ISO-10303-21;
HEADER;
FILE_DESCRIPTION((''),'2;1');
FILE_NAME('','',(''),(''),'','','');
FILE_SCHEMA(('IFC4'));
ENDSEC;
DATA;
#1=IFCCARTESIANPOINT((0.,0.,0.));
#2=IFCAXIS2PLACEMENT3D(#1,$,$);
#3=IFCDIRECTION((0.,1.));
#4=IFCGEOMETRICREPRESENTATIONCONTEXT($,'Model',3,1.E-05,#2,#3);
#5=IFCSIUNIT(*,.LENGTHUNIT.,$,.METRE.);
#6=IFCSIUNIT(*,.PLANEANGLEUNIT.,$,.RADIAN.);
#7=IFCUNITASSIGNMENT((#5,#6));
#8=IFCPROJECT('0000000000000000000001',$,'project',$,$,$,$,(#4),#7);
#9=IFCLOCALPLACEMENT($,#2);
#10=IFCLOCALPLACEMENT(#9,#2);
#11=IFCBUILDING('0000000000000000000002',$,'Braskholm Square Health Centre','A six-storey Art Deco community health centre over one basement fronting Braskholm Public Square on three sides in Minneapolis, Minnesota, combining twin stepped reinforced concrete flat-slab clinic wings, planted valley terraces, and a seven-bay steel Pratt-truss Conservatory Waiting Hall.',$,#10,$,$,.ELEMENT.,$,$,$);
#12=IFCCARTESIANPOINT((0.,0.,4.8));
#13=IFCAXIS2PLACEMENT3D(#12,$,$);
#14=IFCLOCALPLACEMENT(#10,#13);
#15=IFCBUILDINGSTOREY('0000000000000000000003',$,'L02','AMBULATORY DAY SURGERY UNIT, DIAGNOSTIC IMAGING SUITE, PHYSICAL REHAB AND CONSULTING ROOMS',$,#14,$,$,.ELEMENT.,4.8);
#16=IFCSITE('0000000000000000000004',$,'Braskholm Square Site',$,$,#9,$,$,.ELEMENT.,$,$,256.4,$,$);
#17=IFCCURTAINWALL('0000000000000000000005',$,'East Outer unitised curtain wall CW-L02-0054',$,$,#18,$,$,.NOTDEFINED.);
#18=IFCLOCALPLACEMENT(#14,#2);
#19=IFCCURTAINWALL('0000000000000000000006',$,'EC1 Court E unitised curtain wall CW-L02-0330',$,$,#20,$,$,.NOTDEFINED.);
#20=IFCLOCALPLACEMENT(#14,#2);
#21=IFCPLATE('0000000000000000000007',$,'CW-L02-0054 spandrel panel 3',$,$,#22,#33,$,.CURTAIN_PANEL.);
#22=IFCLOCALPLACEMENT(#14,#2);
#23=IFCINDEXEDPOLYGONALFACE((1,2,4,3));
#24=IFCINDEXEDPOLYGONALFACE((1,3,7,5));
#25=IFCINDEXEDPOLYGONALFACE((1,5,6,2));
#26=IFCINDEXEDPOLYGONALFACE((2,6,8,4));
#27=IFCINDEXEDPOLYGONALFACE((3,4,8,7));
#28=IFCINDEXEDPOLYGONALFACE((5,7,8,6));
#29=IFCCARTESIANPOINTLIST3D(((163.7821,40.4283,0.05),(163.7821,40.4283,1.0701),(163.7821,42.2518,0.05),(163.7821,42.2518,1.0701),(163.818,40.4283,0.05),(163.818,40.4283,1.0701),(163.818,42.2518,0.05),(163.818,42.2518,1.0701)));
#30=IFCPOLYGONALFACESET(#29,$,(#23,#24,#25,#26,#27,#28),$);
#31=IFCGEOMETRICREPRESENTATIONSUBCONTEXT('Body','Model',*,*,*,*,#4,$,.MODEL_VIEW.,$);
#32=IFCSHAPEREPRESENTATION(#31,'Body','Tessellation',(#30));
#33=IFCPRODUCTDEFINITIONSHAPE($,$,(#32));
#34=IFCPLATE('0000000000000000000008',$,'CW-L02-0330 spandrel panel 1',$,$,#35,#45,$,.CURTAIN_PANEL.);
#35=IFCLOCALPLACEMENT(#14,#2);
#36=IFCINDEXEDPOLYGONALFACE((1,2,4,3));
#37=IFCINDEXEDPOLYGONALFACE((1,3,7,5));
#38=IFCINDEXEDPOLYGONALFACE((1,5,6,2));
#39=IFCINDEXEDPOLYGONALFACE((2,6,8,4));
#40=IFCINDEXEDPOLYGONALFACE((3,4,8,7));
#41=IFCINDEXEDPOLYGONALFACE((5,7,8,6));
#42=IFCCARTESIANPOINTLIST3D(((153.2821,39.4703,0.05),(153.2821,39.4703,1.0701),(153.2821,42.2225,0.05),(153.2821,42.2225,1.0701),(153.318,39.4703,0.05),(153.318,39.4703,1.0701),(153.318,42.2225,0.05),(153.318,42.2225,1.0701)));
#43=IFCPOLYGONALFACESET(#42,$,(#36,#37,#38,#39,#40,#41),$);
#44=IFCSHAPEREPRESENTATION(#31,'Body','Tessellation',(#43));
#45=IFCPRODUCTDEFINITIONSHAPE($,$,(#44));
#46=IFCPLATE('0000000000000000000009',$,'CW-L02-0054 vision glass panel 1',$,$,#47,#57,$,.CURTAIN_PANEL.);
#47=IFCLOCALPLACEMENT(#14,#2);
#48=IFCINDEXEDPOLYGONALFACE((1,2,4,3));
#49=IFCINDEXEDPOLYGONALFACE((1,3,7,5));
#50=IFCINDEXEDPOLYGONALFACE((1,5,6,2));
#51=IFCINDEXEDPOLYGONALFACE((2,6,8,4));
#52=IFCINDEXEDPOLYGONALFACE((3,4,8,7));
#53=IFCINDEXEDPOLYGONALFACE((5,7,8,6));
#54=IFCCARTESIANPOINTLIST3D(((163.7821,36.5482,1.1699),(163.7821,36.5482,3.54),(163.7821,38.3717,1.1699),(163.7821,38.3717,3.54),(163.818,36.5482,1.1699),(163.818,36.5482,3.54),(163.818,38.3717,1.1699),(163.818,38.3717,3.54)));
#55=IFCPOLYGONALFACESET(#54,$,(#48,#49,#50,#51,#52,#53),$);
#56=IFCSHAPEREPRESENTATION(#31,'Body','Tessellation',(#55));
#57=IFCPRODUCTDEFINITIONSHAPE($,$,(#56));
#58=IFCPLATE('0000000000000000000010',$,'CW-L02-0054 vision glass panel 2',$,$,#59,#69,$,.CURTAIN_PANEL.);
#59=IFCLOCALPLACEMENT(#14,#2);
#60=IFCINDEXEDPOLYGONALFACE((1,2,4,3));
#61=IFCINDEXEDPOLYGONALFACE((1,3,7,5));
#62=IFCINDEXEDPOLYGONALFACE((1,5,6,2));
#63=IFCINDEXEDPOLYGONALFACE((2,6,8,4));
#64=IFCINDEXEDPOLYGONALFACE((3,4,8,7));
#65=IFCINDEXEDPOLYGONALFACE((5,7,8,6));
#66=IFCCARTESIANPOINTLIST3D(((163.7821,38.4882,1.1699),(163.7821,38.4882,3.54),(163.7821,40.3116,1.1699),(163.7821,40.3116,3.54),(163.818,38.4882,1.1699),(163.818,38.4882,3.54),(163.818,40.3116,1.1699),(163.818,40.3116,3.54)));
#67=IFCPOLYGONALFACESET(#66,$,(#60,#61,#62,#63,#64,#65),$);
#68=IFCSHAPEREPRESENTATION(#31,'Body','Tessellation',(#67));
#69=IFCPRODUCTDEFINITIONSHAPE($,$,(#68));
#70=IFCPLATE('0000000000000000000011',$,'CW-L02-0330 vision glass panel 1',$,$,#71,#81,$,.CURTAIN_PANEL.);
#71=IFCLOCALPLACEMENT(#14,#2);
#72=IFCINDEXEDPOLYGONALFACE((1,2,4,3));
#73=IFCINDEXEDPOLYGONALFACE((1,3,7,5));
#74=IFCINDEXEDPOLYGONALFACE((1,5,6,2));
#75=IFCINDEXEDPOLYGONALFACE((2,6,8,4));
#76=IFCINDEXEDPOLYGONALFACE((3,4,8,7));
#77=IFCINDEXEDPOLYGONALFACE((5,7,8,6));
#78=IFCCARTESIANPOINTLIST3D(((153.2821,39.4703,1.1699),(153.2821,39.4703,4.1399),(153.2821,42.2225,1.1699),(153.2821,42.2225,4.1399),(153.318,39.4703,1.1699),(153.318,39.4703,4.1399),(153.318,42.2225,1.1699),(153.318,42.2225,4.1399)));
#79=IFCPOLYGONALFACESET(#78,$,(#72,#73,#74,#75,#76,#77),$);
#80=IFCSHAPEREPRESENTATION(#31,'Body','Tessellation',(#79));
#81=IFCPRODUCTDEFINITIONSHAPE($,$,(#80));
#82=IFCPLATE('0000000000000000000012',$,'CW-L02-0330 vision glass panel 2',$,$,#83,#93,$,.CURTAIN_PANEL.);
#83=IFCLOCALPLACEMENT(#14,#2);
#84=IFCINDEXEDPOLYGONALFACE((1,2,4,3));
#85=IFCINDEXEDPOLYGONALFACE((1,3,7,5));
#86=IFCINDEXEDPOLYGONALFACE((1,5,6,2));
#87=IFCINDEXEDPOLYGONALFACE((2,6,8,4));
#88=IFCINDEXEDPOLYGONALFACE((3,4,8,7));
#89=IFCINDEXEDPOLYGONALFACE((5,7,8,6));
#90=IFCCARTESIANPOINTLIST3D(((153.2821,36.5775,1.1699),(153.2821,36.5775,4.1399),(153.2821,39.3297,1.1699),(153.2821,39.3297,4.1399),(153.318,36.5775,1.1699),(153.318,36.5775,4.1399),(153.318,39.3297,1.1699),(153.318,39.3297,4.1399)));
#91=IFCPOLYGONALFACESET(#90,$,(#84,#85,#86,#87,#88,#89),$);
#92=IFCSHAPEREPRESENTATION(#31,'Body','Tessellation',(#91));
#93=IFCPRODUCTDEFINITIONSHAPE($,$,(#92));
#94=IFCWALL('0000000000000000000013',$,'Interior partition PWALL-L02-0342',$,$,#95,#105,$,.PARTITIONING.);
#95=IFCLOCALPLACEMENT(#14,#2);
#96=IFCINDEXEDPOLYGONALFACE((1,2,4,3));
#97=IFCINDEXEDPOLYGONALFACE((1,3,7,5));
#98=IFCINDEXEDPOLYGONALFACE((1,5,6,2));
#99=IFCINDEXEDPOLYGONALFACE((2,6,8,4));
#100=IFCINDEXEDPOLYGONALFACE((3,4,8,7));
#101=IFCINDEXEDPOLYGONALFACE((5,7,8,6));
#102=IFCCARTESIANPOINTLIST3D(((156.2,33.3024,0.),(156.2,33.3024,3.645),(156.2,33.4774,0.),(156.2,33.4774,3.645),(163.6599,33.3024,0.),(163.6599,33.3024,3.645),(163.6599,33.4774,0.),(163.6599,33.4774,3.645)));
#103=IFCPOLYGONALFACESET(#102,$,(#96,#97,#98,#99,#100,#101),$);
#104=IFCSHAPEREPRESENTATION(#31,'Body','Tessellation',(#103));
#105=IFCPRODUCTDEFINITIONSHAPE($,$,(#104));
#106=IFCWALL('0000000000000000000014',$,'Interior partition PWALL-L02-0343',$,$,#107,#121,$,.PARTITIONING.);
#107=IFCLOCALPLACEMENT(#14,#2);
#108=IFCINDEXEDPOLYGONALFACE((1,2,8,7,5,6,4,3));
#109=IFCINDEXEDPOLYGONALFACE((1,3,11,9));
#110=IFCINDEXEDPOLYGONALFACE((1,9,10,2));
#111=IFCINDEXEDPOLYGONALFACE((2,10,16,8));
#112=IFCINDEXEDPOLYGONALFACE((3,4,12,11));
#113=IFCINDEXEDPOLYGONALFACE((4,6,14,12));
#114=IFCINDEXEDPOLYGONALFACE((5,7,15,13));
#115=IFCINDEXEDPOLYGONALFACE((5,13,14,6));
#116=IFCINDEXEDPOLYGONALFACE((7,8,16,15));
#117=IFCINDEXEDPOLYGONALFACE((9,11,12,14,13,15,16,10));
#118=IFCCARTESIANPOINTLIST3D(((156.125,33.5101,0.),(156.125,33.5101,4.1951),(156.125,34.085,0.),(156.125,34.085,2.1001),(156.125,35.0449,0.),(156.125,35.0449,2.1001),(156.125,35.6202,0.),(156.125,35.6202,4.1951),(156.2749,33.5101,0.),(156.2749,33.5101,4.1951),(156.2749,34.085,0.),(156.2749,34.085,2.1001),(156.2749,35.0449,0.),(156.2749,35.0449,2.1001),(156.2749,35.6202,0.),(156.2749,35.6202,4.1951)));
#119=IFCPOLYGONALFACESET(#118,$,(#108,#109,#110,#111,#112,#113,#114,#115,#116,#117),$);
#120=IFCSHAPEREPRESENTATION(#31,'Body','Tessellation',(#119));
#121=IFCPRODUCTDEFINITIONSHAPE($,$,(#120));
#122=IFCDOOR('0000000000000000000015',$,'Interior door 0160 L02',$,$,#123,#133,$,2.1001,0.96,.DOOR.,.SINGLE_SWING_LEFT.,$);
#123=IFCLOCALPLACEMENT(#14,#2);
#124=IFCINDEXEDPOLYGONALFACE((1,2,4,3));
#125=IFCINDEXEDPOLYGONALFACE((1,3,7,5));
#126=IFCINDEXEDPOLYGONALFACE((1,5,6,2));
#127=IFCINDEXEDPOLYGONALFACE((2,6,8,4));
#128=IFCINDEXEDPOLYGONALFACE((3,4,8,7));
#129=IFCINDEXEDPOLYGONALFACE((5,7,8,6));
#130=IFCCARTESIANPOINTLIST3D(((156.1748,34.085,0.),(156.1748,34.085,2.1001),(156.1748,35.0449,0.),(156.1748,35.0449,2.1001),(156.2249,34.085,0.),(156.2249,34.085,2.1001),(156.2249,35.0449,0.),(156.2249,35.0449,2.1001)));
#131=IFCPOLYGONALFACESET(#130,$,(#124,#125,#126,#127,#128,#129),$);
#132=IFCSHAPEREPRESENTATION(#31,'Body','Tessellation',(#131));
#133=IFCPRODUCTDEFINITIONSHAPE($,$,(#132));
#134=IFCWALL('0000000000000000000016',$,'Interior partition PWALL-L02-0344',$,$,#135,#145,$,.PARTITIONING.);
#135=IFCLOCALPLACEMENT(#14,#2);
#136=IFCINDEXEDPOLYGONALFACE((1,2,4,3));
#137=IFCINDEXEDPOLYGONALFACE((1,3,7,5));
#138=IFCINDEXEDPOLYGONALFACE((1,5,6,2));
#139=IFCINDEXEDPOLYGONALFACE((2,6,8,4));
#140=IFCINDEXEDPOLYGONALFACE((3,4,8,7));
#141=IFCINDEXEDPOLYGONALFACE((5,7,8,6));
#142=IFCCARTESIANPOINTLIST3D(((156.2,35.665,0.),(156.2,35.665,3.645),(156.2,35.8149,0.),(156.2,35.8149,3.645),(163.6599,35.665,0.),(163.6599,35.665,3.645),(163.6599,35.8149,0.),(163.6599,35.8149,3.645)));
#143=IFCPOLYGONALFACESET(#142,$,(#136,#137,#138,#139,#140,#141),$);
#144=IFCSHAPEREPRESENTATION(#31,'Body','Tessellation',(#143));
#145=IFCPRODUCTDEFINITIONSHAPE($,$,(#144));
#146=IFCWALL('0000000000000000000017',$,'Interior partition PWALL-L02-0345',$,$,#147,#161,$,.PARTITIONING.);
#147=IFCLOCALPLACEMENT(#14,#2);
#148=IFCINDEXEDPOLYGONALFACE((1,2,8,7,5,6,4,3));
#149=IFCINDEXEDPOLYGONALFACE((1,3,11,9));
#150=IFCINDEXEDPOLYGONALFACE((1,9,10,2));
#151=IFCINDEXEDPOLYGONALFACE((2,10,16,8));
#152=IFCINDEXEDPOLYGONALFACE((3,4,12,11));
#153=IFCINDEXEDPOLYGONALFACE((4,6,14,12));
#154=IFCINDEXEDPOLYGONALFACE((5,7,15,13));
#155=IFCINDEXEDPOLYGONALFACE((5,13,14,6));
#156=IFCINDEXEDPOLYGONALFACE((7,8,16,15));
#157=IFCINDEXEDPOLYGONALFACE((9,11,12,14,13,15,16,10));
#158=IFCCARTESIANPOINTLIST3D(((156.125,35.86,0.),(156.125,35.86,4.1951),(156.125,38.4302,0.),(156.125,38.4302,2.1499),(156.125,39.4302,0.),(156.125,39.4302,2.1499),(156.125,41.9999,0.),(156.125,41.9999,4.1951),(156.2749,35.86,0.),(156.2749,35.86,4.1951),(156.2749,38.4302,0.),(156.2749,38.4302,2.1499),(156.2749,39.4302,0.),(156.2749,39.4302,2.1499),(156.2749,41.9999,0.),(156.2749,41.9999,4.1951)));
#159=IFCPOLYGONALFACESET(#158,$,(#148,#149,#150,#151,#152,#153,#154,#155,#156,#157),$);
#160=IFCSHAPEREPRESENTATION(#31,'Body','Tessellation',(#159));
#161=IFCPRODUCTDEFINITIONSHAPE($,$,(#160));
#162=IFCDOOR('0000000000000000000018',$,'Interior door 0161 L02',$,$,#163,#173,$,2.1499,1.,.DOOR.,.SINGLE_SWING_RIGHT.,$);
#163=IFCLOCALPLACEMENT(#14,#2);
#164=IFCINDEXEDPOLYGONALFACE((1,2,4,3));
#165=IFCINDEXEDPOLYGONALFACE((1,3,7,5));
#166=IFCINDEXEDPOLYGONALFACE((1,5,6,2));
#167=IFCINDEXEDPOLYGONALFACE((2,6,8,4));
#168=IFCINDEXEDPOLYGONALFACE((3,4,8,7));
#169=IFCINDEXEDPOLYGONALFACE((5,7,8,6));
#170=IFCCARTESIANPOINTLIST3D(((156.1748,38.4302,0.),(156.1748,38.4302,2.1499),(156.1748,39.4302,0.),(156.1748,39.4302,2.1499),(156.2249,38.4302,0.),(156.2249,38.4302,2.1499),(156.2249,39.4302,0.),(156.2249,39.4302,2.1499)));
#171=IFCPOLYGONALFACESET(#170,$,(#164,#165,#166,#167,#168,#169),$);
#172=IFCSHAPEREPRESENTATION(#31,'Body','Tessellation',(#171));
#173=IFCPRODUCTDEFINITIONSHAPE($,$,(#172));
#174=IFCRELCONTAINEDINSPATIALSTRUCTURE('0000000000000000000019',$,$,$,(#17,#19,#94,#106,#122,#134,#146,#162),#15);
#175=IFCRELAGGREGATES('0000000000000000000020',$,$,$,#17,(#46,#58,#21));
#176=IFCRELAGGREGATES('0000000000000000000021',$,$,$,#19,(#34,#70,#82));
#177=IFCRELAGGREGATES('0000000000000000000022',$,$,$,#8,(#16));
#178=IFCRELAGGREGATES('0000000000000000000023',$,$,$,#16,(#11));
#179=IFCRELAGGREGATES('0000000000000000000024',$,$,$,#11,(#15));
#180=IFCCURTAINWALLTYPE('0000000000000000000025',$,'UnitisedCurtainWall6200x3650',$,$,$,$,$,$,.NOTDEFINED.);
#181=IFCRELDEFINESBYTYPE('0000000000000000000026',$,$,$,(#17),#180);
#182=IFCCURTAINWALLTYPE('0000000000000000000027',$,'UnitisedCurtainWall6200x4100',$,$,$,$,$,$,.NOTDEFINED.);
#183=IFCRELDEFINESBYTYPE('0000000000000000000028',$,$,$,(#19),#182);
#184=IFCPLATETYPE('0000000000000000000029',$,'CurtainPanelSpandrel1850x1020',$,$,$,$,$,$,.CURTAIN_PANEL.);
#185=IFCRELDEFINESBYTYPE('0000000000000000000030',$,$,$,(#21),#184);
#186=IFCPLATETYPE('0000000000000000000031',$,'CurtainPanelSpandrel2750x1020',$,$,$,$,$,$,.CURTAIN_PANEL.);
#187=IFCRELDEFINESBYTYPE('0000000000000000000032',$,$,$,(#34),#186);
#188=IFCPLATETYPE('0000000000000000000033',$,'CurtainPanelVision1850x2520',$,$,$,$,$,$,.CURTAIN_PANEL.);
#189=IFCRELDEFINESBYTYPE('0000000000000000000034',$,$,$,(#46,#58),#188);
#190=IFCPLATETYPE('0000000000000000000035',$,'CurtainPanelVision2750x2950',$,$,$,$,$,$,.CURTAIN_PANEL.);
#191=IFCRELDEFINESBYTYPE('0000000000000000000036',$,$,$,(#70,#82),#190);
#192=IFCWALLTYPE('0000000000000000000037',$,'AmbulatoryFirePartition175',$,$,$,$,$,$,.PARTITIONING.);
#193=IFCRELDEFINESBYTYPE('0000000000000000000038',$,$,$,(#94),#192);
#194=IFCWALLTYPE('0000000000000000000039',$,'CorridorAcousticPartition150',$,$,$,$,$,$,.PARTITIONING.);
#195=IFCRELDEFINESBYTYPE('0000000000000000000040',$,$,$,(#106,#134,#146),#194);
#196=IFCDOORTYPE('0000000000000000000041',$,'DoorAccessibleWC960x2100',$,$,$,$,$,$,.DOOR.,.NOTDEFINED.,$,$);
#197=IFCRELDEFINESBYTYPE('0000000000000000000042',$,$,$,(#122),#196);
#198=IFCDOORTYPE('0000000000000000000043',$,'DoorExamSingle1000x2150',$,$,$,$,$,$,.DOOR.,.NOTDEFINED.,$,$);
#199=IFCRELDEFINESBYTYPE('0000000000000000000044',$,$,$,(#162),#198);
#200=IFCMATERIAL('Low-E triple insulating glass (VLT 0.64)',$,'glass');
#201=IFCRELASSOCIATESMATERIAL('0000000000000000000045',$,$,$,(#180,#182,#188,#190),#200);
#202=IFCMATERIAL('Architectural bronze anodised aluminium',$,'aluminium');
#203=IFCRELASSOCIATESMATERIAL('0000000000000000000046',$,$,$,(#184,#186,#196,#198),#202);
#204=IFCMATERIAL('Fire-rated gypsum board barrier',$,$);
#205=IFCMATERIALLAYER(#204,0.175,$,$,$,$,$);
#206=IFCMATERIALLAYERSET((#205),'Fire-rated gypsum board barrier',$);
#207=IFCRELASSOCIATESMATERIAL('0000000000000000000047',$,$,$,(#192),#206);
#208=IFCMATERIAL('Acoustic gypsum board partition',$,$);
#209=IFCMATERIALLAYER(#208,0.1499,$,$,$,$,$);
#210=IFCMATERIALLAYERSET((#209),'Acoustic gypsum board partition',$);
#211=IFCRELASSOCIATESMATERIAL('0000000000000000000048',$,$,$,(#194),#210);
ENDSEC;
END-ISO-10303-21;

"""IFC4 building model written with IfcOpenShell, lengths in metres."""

from ifc_helpers import new_model, si_unit, direction, frame, frame_2d, origin, origin_2d, place, context, subcontext, project, spatial, rectangle, extrude, material, layer, layer_set, type_object, element, fill, aggregate, save


model = new_model("IFC4")

# Units and contexts
model_context = context("Model", 3, precision=1e-05, world=origin(), true_north=direction((0.0, 1.0)))
body_context = subcontext(model_context, "Body", "Model", "MODEL_VIEW")
ifc_project = project(units=[si_unit("LENGTHUNIT", "METRE"), si_unit("PLANEANGLEUNIT", "RADIAN")], contexts=[model_context])

# Site, building, storey
site_placement = place(None, origin())
site = spatial("IfcSite", under=ifc_project, at=site_placement, Name="Braskholm Square Site", CompositionType="ELEMENT", RefElevation=256.4)
building_placement = place(site_placement, origin())
building = spatial("IfcBuilding", under=site, at=building_placement, Name="Braskholm Square Health Centre", Description="A six-storey Art Deco community health centre over one basement fronting Braskholm Public Square on three sides in Minneapolis, Minnesota, combining twin stepped reinforced concrete flat-slab clinic wings, planted valley terraces, and a seven-bay steel Pratt-truss Conservatory Waiting Hall.", CompositionType="ELEMENT")
storey_placement = place(building_placement, frame((0.0, 0.0, 4.8)))
storey = spatial("IfcBuildingStorey", under=building, at=storey_placement, Name="L02", Description="AMBULATORY DAY SURGERY UNIT, DIAGNOSTIC IMAGING SUITE, PHYSICAL REHAB AND CONSULTING ROOMS", CompositionType="ELEMENT", Elevation=4.8)

# Curtain wall
ifc_material_1 = material(Name="Low-E triple insulating glass (VLT 0.64)", Category="glass")
curtain_wall_type_1 = type_object("IfcCurtainWallType", Name="UnitisedCurtainWall6200x3650", PredefinedType="NOTDEFINED", material=ifc_material_1)
curtain_wall_1_placement = place(storey_placement, origin())
curtain_wall_1 = element("IfcCurtainWall", 1, at=curtain_wall_1_placement, inside=storey, type_object=curtain_wall_type_1, Name="East Outer unitised curtain wall CW-L02-0054", PredefinedType="NOTDEFINED")
ifc_material_2 = material(Name="Architectural bronze anodised aluminium", Category="aluminium")

# Curtain wall
curtain_wall_type_2 = type_object("IfcCurtainWallType", Name="UnitisedCurtainWall6200x4100", PredefinedType="NOTDEFINED", material=ifc_material_1)
curtain_wall_2_placement = place(storey_placement, origin())
curtain_wall_2 = element("IfcCurtainWall", 2, at=curtain_wall_2_placement, inside=storey, type_object=curtain_wall_type_2, Name="EC1 Court E unitised curtain wall CW-L02-0330", PredefinedType="NOTDEFINED")

# Plates
plate_type_1 = type_object("IfcPlateType", Name="CurtainPanelSpandrel1850x1020", PredefinedType="CURTAIN_PANEL", material=ifc_material_2)
plate_1_placement = place(storey_placement, frame((163.8, 41.3401, 0.05), z_axis=(0.0, 0.0, 1.0), x_axis=(0.0, 1.0, 0.0)))
plate_1 = element("IfcPlate", 3, at=plate_1_placement, type_object=plate_type_1, Name="CW-L02-0054 spandrel panel 3", PredefinedType="CURTAIN_PANEL", context=body_context, shape_type="SweptSolid", body=[
    extrude(rectangle(XDim=1.8235, YDim=0.0359, at=origin_2d()), origin(), (0.0, 0.0, 1.0), 1.02),
])
plate_type_2 = type_object("IfcPlateType", Name="CurtainPanelSpandrel2750x1020", PredefinedType="CURTAIN_PANEL", material=ifc_material_2)
plate_2_placement = place(storey_placement, frame((153.3, 40.8464, 0.05), z_axis=(0.0, 0.0, 1.0), x_axis=(0.0, -1.0, 0.0)))
plate_2 = element("IfcPlate", 4, at=plate_2_placement, type_object=plate_type_2, Name="CW-L02-0330 spandrel panel 1", PredefinedType="CURTAIN_PANEL", context=body_context, shape_type="SweptSolid", body=[
    extrude(rectangle(XDim=2.7522, YDim=0.0359, at=origin_2d()), origin(), (0.0, 0.0, 1.0), 1.02),
])
plate_type_3 = type_object("IfcPlateType", Name="CurtainPanelVision1850x2520", PredefinedType="CURTAIN_PANEL", material=ifc_material_1)
plate_3_placement = place(storey_placement, frame((163.8, 37.46, 1.1699), z_axis=(0.0, 0.0, 1.0), x_axis=(0.0, 1.0, 0.0)))
plate_3 = element("IfcPlate", 5, at=plate_3_placement, type_object=plate_type_3, Name="CW-L02-0054 vision glass panel 1", PredefinedType="CURTAIN_PANEL", context=body_context, shape_type="SweptSolid", body=[
    extrude(rectangle(XDim=1.8235, YDim=0.0359, at=origin_2d()), origin(), (0.0, 0.0, 1.0), 2.3701),
])
plate_4_placement = place(storey_placement, frame((163.8, 39.3999, 1.1699), z_axis=(0.0, 0.0, 1.0), x_axis=(0.0, 1.0, 0.0)))
plate_4 = element("IfcPlate", 6, at=plate_4_placement, type_object=plate_type_3, Name="CW-L02-0054 vision glass panel 2", PredefinedType="CURTAIN_PANEL", context=body_context, shape_type="SweptSolid", body=[
    extrude(rectangle(XDim=1.8235, YDim=0.0359, at=origin_2d()), origin(), (0.0, 0.0, 1.0), 2.3701),
])
aggregate(curtain_wall_1, [plate_3, plate_4, plate_1])
plate_type_4 = type_object("IfcPlateType", Name="CurtainPanelVision2750x2950", PredefinedType="CURTAIN_PANEL", material=ifc_material_1)
plate_5_placement = place(storey_placement, frame((153.3, 40.8464, 1.1699), z_axis=(0.0, 0.0, 1.0), x_axis=(0.0, -1.0, 0.0)))
plate_5 = element("IfcPlate", 7, at=plate_5_placement, type_object=plate_type_4, Name="CW-L02-0330 vision glass panel 1", PredefinedType="CURTAIN_PANEL", context=body_context, shape_type="SweptSolid", body=[
    extrude(rectangle(XDim=2.7522, YDim=0.0359, at=origin_2d()), origin(), (0.0, 0.0, 1.0), 2.97),
])
plate_6_placement = place(storey_placement, frame((153.3, 37.9536, 1.1699), z_axis=(0.0, 0.0, 1.0), x_axis=(0.0, -1.0, 0.0)))
plate_6 = element("IfcPlate", 8, at=plate_6_placement, type_object=plate_type_4, Name="CW-L02-0330 vision glass panel 2", PredefinedType="CURTAIN_PANEL", context=body_context, shape_type="SweptSolid", body=[
    extrude(rectangle(XDim=2.7522, YDim=0.0359, at=origin_2d()), origin(), (0.0, 0.0, 1.0), 2.97),
])
aggregate(curtain_wall_2, [plate_2, plate_5, plate_6])

# Wall
ifc_material_3 = material(Name="Fire-rated gypsum board barrier")
ifc_layer_1 = layer(ifc_material_3, 0.175)
ifc_layer_set_1 = layer_set([ifc_layer_1], Name="Fire-rated gypsum board barrier")
wall_type_1 = type_object("IfcWallType", Name="AmbulatoryFirePartition175", PredefinedType="PARTITIONING", material=ifc_layer_set_1)
wall_1_placement = place(storey_placement, frame((156.2, 33.3899, 0.0), z_axis=(0.0, 0.0, 1.0), x_axis=(1.0, 0.0, 0.0)))
element("IfcWall", 9, at=wall_1_placement, inside=storey, type_object=wall_type_1, Name="Interior partition PWALL-L02-0342", PredefinedType="PARTITIONING", context=body_context, shape_type="SweptSolid", body=[
    extrude(rectangle(XDim=7.46, YDim=0.175, at=frame_2d((3.73, 0.0))), origin(), (0.0, 0.0, 1.0), 3.645),
])

# Wall, opening, door
ifc_material_4 = material(Name="Acoustic gypsum board partition")
ifc_layer_2 = layer(ifc_material_4, 0.1499)
ifc_layer_set_2 = layer_set([ifc_layer_2], Name="Acoustic gypsum board partition")
wall_type_2 = type_object("IfcWallType", Name="CorridorAcousticPartition150", PredefinedType="PARTITIONING", material=ifc_layer_set_2)
wall_2_placement = place(storey_placement, frame((156.2, 33.51, 0.0), z_axis=(0.0, 0.0, 1.0), x_axis=(0.0, 1.0, 0.0)))
wall_2 = element("IfcWall", 10, at=wall_2_placement, inside=storey, type_object=wall_type_2, Name="Interior partition PWALL-L02-0343", PredefinedType="PARTITIONING", context=body_context, shape_type="SweptSolid", body=[
    extrude(rectangle(XDim=2.1101, YDim=0.1499, at=frame_2d((1.0552, 0.0))), origin(), (0.0, 0.0, 1.0), 4.1951),
])
opening_1_placement = place(wall_2_placement, frame((0.575, 0.0, 0.0)))
opening_1 = element("IfcOpeningElement", 11, at=opening_1_placement, cuts=wall_2, PredefinedType="OPENING", context=body_context, shape_type="SweptSolid", body=[
    extrude(rectangle(XDim=0.96, YDim=2.1001, at=frame_2d((0.48, 1.05))), frame((0.0, 0.085, 0.0), z_axis=(0.0, -1.0, 0.0), x_axis=(1.0, 0.0, 0.0)), (0.0, 0.0, 1.0), 0.1699),
])
door_type_1 = type_object("IfcDoorType", Name="DoorAccessibleWC960x2100", OperationType="NOTDEFINED", PredefinedType="DOOR", material=ifc_material_2)
door_1_placement = place(opening_1_placement, frame((0.96, 0.0, 0.0), z_axis=(0.0, 0.0, 1.0), x_axis=(-1.0, 0.0, 0.0)))
door_1 = element("IfcDoor", 12, at=door_1_placement, inside=storey, type_object=door_type_1, Name="Interior door 0160 L02", OperationType="SINGLE_SWING_LEFT", OverallHeight=2.1001, OverallWidth=0.96, PredefinedType="DOOR", context=body_context, shape_type="SweptSolid", body=[
    extrude(rectangle(XDim=0.96, YDim=2.1001, at=frame_2d((0.48, 1.05))), frame((0.0, 0.0249, 0.0), z_axis=(0.0, -1.0, 0.0), x_axis=(1.0, 0.0, 0.0)), (0.0, 0.0, 1.0), 0.05),
])
fill(opening_1, door_1)

# Wall
wall_3_placement = place(storey_placement, frame((156.2, 35.74, 0.0), z_axis=(0.0, 0.0, 1.0), x_axis=(1.0, 0.0, 0.0)))
element("IfcWall", 13, at=wall_3_placement, inside=storey, type_object=wall_type_2, Name="Interior partition PWALL-L02-0344", PredefinedType="PARTITIONING", context=body_context, shape_type="SweptSolid", body=[
    extrude(rectangle(XDim=7.46, YDim=0.1499, at=frame_2d((3.73, 0.0))), origin(), (0.0, 0.0, 1.0), 3.645),
])

# Wall, opening, door
wall_4_placement = place(storey_placement, frame((156.2, 35.8601, 0.0), z_axis=(0.0, 0.0, 1.0), x_axis=(0.0, 1.0, 0.0)))
wall_4 = element("IfcWall", 14, at=wall_4_placement, inside=storey, type_object=wall_type_2, Name="Interior partition PWALL-L02-0345", PredefinedType="PARTITIONING", context=body_context, shape_type="SweptSolid", body=[
    extrude(rectangle(XDim=6.1399, YDim=0.1499, at=frame_2d((3.0698, 0.0))), origin(), (0.0, 0.0, 1.0), 4.1951),
])
opening_2_placement = place(wall_4_placement, frame((2.5701, 0.0, 0.0)))
opening_2 = element("IfcOpeningElement", 15, at=opening_2_placement, cuts=wall_4, PredefinedType="OPENING", context=body_context, shape_type="SweptSolid", body=[
    extrude(rectangle(XDim=1.0, YDim=2.1499, at=frame_2d((0.5, 1.075))), frame((0.0, 0.085, 0.0), z_axis=(0.0, -1.0, 0.0), x_axis=(1.0, 0.0, 0.0)), (0.0, 0.0, 1.0), 0.1699),
])
door_type_2 = type_object("IfcDoorType", Name="DoorExamSingle1000x2150", OperationType="NOTDEFINED", PredefinedType="DOOR", material=ifc_material_2)
door_2_placement = place(opening_2_placement, frame((1.0, 0.0, 0.0), z_axis=(0.0, 0.0, 1.0), x_axis=(-1.0, 0.0, 0.0)))
door_2 = element("IfcDoor", 16, at=door_2_placement, inside=storey, type_object=door_type_2, Name="Interior door 0161 L02", OperationType="SINGLE_SWING_RIGHT", OverallHeight=2.1499, OverallWidth=1.0, PredefinedType="DOOR", context=body_context, shape_type="SweptSolid", body=[
    extrude(rectangle(XDim=1.0, YDim=2.1499, at=frame_2d((0.5, 1.075))), frame((0.0, 0.0249, 0.0), z_axis=(0.0, -1.0, 0.0), x_axis=(1.0, 0.0, 0.0)), (0.0, 0.0, 1.0), 0.05),
])
fill(opening_2, door_2)

save(model, "model.ifc")
